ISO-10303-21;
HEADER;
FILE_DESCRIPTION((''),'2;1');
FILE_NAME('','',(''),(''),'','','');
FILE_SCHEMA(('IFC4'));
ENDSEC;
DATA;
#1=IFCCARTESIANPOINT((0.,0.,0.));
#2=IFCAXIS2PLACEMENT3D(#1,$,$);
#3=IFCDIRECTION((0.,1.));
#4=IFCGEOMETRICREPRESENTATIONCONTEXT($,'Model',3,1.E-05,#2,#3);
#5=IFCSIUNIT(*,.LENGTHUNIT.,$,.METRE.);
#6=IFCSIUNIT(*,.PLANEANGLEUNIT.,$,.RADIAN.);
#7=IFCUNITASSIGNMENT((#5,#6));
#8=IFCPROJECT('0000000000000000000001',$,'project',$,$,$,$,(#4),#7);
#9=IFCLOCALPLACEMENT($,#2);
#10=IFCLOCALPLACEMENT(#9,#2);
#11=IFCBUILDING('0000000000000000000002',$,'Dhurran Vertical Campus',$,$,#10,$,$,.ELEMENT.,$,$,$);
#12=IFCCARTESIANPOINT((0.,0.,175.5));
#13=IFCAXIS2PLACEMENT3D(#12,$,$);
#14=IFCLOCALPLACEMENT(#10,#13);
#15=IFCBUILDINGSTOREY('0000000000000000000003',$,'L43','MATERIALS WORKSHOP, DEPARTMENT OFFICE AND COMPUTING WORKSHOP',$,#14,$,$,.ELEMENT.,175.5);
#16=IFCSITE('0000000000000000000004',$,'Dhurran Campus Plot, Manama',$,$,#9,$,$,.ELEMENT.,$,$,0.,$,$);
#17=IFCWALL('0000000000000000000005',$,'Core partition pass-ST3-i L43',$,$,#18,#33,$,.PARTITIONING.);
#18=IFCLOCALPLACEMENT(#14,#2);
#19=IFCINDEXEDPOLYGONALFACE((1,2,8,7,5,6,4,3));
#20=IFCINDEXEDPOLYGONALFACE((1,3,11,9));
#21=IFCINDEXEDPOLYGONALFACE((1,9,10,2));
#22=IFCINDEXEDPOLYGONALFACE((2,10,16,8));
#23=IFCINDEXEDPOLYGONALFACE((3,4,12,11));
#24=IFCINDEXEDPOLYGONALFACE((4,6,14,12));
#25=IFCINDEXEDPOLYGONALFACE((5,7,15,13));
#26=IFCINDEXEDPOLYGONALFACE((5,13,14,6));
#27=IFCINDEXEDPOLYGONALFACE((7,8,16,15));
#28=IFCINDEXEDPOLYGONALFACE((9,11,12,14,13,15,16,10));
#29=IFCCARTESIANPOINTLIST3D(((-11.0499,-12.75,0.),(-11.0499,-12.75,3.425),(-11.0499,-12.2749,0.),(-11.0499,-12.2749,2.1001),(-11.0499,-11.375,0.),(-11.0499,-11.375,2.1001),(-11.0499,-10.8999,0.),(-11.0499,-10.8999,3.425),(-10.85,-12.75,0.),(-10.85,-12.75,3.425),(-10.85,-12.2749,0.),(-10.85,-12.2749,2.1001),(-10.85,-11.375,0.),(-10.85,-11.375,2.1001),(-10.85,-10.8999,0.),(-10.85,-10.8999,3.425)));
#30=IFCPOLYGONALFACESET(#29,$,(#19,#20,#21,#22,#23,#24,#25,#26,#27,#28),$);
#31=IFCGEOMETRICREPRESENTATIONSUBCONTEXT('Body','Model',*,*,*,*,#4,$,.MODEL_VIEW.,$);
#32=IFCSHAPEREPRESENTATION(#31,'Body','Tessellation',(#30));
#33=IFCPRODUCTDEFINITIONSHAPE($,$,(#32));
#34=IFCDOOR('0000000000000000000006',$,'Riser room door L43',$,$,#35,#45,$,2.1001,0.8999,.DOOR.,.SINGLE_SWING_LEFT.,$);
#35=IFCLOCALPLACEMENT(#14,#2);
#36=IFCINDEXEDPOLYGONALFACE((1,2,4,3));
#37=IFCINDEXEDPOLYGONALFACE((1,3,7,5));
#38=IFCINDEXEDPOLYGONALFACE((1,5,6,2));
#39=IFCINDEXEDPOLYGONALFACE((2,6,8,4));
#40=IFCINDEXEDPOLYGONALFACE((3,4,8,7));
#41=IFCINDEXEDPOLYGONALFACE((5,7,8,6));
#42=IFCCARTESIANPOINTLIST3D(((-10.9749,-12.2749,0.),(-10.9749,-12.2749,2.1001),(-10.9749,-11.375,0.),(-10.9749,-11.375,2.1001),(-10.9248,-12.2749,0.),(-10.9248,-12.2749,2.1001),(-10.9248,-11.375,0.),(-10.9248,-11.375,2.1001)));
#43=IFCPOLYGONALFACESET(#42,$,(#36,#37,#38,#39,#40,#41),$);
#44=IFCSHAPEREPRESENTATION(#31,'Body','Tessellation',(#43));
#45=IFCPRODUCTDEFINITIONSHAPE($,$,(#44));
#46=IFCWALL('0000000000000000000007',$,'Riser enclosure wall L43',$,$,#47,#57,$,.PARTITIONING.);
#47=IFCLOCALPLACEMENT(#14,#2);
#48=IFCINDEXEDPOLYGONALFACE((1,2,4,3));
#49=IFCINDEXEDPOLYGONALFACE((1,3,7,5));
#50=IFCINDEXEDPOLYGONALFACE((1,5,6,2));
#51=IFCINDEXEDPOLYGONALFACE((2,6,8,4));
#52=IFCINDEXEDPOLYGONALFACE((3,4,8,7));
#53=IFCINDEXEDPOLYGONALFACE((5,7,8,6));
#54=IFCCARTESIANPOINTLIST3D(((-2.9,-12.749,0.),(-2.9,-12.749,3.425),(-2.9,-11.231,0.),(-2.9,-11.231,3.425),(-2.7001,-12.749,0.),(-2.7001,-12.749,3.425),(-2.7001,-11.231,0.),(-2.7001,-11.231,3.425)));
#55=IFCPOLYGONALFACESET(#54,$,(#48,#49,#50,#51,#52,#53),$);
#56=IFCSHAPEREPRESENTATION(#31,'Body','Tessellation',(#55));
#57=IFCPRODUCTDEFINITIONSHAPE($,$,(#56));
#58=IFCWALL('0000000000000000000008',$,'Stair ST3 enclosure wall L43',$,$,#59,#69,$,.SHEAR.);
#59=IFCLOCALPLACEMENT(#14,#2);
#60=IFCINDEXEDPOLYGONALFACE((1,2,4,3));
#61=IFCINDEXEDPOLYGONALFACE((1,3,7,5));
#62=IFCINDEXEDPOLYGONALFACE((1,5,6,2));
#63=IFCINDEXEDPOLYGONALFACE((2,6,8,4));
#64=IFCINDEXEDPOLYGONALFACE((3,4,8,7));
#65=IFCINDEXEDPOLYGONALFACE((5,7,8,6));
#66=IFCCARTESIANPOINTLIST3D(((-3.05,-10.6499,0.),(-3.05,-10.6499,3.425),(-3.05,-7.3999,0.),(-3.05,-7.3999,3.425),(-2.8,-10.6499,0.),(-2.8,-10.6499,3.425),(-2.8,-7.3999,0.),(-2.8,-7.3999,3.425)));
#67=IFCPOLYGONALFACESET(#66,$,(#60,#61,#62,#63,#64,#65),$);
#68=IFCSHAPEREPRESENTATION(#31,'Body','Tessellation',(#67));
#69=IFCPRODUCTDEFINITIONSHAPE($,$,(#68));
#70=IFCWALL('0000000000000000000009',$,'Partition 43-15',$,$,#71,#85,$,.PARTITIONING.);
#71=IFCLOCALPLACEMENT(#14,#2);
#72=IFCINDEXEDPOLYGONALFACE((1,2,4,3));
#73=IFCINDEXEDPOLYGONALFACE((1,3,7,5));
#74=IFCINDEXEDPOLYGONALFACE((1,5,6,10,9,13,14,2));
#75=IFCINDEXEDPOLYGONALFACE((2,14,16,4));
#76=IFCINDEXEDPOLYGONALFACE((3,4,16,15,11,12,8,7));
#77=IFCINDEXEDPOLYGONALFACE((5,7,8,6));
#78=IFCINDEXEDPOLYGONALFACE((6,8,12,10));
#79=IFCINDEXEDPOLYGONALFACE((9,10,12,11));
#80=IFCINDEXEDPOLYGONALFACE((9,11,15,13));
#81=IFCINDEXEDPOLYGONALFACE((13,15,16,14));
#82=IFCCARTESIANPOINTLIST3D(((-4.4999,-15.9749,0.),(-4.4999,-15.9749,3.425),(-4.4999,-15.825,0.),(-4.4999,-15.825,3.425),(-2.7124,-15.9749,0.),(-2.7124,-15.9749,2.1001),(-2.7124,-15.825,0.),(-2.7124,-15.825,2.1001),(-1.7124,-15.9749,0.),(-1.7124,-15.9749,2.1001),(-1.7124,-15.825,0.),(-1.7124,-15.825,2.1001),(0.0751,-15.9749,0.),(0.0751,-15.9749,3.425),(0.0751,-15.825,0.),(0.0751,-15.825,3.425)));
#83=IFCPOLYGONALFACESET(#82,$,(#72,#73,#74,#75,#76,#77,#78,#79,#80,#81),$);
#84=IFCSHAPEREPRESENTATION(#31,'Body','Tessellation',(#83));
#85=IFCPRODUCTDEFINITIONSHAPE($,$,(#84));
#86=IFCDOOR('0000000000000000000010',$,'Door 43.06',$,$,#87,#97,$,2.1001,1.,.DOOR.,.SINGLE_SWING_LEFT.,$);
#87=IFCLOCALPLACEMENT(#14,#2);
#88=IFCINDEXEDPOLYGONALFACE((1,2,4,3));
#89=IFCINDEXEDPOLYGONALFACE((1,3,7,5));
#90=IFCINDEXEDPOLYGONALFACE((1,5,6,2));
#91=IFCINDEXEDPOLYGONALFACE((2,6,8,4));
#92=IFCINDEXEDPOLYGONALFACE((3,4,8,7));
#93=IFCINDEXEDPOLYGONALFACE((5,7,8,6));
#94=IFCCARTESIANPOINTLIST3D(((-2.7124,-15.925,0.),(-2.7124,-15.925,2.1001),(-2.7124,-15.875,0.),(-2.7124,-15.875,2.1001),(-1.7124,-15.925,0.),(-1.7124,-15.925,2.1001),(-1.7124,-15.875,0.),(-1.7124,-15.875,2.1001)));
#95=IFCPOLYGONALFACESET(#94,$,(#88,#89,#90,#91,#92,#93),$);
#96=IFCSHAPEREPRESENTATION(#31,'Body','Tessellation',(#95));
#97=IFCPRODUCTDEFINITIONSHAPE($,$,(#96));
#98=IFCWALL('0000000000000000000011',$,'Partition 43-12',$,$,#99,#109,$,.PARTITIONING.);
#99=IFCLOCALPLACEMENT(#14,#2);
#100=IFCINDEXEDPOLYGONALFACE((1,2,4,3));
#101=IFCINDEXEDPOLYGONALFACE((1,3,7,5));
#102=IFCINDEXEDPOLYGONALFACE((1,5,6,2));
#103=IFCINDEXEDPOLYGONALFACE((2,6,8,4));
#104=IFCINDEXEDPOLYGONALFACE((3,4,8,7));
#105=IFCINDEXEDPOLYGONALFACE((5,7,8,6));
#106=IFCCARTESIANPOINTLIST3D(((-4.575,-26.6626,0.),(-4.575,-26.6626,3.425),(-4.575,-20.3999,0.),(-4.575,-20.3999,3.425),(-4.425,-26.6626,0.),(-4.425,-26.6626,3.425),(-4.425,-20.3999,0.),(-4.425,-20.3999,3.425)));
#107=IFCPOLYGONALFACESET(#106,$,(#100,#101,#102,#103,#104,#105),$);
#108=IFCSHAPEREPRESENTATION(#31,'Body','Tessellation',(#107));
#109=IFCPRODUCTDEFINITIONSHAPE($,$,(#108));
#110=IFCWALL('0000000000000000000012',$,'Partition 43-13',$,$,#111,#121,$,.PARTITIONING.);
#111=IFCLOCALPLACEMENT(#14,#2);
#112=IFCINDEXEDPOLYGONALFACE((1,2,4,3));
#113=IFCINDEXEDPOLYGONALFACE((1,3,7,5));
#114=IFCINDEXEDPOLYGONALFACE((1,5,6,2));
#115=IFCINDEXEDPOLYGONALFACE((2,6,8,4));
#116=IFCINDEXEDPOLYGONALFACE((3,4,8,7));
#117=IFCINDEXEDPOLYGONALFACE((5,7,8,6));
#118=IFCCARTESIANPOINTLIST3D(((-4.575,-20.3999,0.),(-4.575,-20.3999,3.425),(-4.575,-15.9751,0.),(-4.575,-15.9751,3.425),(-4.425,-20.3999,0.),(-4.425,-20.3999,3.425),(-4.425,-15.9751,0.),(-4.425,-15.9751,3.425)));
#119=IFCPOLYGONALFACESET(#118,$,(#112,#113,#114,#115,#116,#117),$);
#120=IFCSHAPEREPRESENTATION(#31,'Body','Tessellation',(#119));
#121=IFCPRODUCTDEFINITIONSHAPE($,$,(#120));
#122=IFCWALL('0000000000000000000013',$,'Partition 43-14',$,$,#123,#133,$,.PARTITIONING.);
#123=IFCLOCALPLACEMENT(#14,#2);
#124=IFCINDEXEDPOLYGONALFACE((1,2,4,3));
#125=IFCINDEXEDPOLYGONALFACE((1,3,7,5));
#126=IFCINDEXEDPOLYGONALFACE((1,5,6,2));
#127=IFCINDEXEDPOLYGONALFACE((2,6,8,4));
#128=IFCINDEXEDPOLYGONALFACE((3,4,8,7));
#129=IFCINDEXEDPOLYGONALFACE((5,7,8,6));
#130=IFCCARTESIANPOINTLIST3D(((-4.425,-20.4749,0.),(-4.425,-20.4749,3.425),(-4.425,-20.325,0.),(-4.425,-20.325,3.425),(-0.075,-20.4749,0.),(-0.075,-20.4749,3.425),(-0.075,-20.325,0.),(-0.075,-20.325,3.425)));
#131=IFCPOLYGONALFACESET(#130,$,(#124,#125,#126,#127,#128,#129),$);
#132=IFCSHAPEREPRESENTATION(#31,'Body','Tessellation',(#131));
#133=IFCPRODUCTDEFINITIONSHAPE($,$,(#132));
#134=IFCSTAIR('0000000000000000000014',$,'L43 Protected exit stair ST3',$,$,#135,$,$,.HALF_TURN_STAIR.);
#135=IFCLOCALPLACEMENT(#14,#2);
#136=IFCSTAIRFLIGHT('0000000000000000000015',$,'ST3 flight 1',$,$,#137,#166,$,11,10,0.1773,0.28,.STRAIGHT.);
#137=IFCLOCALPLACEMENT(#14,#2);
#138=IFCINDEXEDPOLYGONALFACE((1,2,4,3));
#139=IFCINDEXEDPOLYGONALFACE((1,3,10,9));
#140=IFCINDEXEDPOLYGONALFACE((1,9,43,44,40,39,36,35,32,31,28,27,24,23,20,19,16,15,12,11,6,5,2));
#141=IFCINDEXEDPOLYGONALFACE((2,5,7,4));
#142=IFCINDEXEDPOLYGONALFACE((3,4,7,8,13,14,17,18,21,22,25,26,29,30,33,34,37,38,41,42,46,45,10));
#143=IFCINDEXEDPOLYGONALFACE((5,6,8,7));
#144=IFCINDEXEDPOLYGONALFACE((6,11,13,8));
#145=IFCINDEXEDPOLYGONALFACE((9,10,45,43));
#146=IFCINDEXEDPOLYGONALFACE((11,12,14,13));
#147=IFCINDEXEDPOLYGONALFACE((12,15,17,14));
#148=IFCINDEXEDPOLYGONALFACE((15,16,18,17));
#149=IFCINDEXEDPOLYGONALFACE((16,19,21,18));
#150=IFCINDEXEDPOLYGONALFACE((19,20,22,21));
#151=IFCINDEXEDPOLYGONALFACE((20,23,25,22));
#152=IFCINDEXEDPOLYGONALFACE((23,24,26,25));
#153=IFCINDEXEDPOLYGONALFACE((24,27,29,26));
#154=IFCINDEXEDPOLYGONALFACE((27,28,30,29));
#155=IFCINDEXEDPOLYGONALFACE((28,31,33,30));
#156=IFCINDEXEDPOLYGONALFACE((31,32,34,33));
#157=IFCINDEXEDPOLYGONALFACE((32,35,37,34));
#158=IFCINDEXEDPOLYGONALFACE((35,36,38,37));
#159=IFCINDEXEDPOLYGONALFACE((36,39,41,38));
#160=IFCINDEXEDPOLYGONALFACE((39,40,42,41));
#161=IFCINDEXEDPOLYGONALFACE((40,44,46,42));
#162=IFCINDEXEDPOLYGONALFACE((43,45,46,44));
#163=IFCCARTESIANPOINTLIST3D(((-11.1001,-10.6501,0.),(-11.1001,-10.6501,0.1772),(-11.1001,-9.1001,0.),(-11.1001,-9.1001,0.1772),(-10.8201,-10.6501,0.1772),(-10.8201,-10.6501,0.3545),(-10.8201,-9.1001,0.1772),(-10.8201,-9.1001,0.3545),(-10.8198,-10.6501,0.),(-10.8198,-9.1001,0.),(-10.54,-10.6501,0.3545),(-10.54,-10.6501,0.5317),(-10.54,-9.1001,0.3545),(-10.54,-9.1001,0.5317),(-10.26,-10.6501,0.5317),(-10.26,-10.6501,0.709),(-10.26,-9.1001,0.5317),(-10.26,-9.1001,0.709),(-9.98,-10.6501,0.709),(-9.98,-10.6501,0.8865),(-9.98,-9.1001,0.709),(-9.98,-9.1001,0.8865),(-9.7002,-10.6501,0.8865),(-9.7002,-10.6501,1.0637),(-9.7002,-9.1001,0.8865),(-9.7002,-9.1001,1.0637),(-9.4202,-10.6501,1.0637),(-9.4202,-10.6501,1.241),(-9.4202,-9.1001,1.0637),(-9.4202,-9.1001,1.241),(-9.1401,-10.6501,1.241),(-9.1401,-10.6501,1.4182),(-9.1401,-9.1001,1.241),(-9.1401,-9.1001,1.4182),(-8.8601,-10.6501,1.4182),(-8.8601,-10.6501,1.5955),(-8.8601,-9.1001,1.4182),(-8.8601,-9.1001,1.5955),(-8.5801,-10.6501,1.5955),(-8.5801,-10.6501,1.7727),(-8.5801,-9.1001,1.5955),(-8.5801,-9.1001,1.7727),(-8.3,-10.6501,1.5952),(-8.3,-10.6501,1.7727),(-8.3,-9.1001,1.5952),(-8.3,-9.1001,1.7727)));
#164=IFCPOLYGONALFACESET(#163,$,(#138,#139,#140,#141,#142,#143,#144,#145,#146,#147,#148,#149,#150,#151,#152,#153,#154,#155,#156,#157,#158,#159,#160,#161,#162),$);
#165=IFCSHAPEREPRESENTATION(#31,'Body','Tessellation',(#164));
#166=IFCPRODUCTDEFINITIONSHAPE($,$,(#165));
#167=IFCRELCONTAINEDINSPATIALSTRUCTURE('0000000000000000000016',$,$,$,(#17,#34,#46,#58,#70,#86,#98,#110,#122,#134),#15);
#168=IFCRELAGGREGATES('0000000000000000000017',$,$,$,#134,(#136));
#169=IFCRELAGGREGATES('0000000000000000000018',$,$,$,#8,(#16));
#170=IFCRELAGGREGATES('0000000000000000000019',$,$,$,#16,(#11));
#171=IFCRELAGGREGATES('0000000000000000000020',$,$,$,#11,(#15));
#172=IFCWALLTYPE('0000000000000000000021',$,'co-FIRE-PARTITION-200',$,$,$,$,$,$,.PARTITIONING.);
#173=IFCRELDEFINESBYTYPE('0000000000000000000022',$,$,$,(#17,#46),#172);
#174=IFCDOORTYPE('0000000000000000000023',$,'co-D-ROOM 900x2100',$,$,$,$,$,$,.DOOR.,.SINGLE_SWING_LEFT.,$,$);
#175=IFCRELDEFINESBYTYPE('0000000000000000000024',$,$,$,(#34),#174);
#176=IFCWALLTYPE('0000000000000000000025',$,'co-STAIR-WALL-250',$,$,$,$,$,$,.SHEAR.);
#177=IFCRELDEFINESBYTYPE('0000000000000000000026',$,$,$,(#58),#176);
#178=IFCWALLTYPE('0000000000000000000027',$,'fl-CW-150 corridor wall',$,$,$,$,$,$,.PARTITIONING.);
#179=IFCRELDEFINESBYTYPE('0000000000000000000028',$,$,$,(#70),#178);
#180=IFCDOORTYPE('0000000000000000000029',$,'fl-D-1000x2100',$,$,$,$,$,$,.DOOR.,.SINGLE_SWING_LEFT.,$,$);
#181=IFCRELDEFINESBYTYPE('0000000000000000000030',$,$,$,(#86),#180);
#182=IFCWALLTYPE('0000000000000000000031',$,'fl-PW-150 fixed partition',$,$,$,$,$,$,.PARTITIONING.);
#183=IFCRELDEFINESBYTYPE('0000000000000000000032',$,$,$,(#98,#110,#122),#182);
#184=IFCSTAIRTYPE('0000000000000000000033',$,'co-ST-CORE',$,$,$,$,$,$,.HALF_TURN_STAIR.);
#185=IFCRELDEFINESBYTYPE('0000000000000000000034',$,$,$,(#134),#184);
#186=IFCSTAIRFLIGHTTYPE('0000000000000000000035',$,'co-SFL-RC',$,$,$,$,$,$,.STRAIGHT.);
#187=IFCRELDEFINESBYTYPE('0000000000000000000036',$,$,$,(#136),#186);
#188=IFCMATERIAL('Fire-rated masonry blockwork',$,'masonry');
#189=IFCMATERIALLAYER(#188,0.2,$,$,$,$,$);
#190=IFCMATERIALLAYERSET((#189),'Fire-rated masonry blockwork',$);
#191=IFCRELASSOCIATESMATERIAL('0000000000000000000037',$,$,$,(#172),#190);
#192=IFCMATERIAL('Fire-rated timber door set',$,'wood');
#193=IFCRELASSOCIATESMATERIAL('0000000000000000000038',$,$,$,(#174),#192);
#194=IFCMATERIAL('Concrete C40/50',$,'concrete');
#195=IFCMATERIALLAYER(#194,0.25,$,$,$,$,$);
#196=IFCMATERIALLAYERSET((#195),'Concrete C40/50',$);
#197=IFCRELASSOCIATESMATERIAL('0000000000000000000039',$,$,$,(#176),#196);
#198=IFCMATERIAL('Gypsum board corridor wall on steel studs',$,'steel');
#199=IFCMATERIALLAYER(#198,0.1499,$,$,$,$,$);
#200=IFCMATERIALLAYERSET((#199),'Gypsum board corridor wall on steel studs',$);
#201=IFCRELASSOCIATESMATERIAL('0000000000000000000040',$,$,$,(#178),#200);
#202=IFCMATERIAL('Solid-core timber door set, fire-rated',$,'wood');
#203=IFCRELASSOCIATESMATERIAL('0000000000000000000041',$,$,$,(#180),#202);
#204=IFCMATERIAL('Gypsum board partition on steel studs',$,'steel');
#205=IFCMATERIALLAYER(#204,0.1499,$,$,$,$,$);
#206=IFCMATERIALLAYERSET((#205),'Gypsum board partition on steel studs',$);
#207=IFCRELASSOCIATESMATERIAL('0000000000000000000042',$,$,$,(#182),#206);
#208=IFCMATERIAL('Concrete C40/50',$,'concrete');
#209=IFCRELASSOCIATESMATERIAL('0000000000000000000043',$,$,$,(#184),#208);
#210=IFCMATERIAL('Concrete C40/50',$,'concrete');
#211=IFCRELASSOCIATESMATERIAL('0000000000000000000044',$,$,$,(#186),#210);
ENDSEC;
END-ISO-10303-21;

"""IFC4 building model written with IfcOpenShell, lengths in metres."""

from ifc_helpers import new_model, si_unit, direction, frame, frame_2d, origin, place, context, subcontext, project, spatial, polyline, rectangle, outline, extrude, material, layer, layer_set, type_object, element, fill, aggregate, save


model = new_model("IFC4")

# Units and contexts
model_context = context("Model", 3, precision=1e-05, world=origin(), true_north=direction((0.0, 1.0)))
body_context = subcontext(model_context, "Body", "Model", "MODEL_VIEW")
ifc_project = project(units=[si_unit("LENGTHUNIT", "METRE"), si_unit("PLANEANGLEUNIT", "RADIAN")], contexts=[model_context])

# Site, building, storey
site_placement = place(None, origin())
site = spatial("IfcSite", under=ifc_project, at=site_placement, Name="Dhurran Campus Plot, Manama", CompositionType="ELEMENT", RefElevation=0.0)
building_placement = place(site_placement, origin())
building = spatial("IfcBuilding", under=site, at=building_placement, Name="Dhurran Vertical Campus", CompositionType="ELEMENT")
storey_placement = place(building_placement, frame((0.0, 0.0, 175.5)))
storey = spatial("IfcBuildingStorey", under=building, at=storey_placement, Name="L43", Description="MATERIALS WORKSHOP, DEPARTMENT OFFICE AND COMPUTING WORKSHOP", CompositionType="ELEMENT", Elevation=175.5)

# Shared definitions
ifc_material_1 = material(Name="Fire-rated masonry blockwork", Category="masonry")
ifc_layer_1 = layer(ifc_material_1, 0.2)
ifc_layer_set_1 = layer_set([ifc_layer_1], Name="Fire-rated masonry blockwork")
wall_type_1 = type_object("IfcWallType", Name="co-FIRE-PARTITION-200", PredefinedType="PARTITIONING", material=ifc_layer_set_1)

# Shared definitions
ifc_material_2 = material(Name="Fire-rated timber door set", Category="wood")
door_type_1 = type_object("IfcDoorType", Name="co-D-ROOM 900x2100", OperationType="SINGLE_SWING_LEFT", PredefinedType="DOOR", material=ifc_material_2)

# Wall, opening, door
wall_1_placement = place(storey_placement, frame((-10.95, -12.75, 0.0), z_axis=(0.0, 0.0, 1.0), x_axis=(0.0, 1.0, 0.0)))
wall_1 = element("IfcWall", 1, at=wall_1_placement, inside=storey, type_object=wall_type_1, Name="Core partition pass-ST3-i L43", PredefinedType="PARTITIONING", context=body_context, shape_type="SweptSolid", body=[
    extrude(rectangle(XDim=1.8501, YDim=0.2, at=frame_2d((0.925, 0.0))), origin(), (0.0, 0.0, 1.0), 3.425),
])
opening_1_placement = place(wall_1_placement, frame((0.4751, 0.0, 0.0)))
opening_1 = element("IfcOpeningElement", 2, at=opening_1_placement, cuts=wall_1, PredefinedType="OPENING", context=body_context, shape_type="SweptSolid", body=[
    extrude(rectangle(XDim=0.8999, YDim=2.1001, at=frame_2d((0.45, 1.05))), frame((0.0, 0.1099, 0.0), z_axis=(0.0, -1.0, 0.0), x_axis=(1.0, 0.0, 0.0)), (0.0, 0.0, 1.0), 0.22),
])
door_1_placement = place(opening_1_placement, origin())
door_1 = element("IfcDoor", 3, at=door_1_placement, inside=storey, type_object=door_type_1, Name="Riser room door L43", OperationType="SINGLE_SWING_LEFT", OverallHeight=2.1001, OverallWidth=0.8999, PredefinedType="DOOR", context=body_context, shape_type="SweptSolid", body=[
    extrude(rectangle(XDim=0.8999, YDim=2.1001, at=frame_2d((0.45, 1.05))), frame((0.0, 0.0249, 0.0), z_axis=(0.0, -1.0, 0.0), x_axis=(1.0, 0.0, 0.0)), (0.0, 0.0, 1.0), 0.05),
])
fill(opening_1, door_1)

# Walls
wall_2_placement = place(storey_placement, frame((-2.8, -12.749, 0.0), z_axis=(0.0, 0.0, 1.0), x_axis=(0.0, 1.0, 0.0)))
element("IfcWall", 4, at=wall_2_placement, inside=storey, type_object=wall_type_1, Name="Riser enclosure wall L43", PredefinedType="PARTITIONING", context=body_context, shape_type="SweptSolid", body=[
    extrude(rectangle(XDim=1.5181, YDim=0.2, at=frame_2d((0.759, 0.0))), origin(), (0.0, 0.0, 1.0), 3.425),
])
ifc_material_3 = material(Name="Concrete C40/50", Category="concrete")
ifc_layer_2 = layer(ifc_material_3, 0.25)
ifc_layer_set_2 = layer_set([ifc_layer_2], Name="Concrete C40/50")
wall_type_2 = type_object("IfcWallType", Name="co-STAIR-WALL-250", PredefinedType="SHEAR", material=ifc_layer_set_2)
wall_3_placement = place(storey_placement, frame((-2.925, -10.6499, 0.0), z_axis=(0.0, 0.0, 1.0), x_axis=(0.0, 1.0, 0.0)))
element("IfcWall", 5, at=wall_3_placement, inside=storey, type_object=wall_type_2, Name="Stair ST3 enclosure wall L43", PredefinedType="SHEAR", context=body_context, shape_type="SweptSolid", body=[
    extrude(rectangle(XDim=3.25, YDim=0.25, at=frame_2d((1.625, 0.0))), origin(), (0.0, 0.0, 1.0), 3.425),
])

# Wall, opening, door
ifc_material_4 = material(Name="Gypsum board corridor wall on steel studs", Category="steel")
ifc_layer_3 = layer(ifc_material_4, 0.1499)
ifc_layer_set_3 = layer_set([ifc_layer_3], Name="Gypsum board corridor wall on steel studs")
wall_type_3 = type_object("IfcWallType", Name="fl-CW-150 corridor wall", PredefinedType="PARTITIONING", material=ifc_layer_set_3)
wall_4_placement = place(storey_placement, frame((-4.5, -15.8999, 0.0), z_axis=(0.0, 0.0, 1.0), x_axis=(1.0, 0.0, 0.0)))
wall_4 = element("IfcWall", 6, at=wall_4_placement, inside=storey, type_object=wall_type_3, Name="Partition 43-15", PredefinedType="PARTITIONING", context=body_context, shape_type="SweptSolid", body=[
    extrude(rectangle(XDim=4.575, YDim=0.1499, at=frame_2d((2.2876, 0.0))), origin(), (0.0, 0.0, 1.0), 3.425),
])
opening_2_placement = place(wall_4_placement, frame((1.7876, 0.0, 0.0)))
opening_2 = element("IfcOpeningElement", 7, at=opening_2_placement, cuts=wall_4, PredefinedType="OPENING", context=body_context, shape_type="SweptSolid", body=[
    extrude(rectangle(XDim=1.0, YDim=2.1001, at=frame_2d((0.5, 1.05))), frame((0.0, 0.085, 0.0), z_axis=(0.0, -1.0, 0.0), x_axis=(1.0, 0.0, 0.0)), (0.0, 0.0, 1.0), 0.1699),
])
ifc_material_5 = material(Name="Solid-core timber door set, fire-rated", Category="wood")
door_type_2 = type_object("IfcDoorType", Name="fl-D-1000x2100", OperationType="SINGLE_SWING_LEFT", PredefinedType="DOOR", material=ifc_material_5)
door_2_placement = place(opening_2_placement, origin())
door_2 = element("IfcDoor", 8, at=door_2_placement, inside=storey, type_object=door_type_2, Name="Door 43.06", OperationType="SINGLE_SWING_LEFT", OverallHeight=2.1001, OverallWidth=1.0, PredefinedType="DOOR", context=body_context, shape_type="SweptSolid", body=[
    extrude(rectangle(XDim=1.0, YDim=2.1001, at=frame_2d((0.5, 1.05))), frame((0.0, 0.0249, 0.0), z_axis=(0.0, -1.0, 0.0), x_axis=(1.0, 0.0, 0.0)), (0.0, 0.0, 1.0), 0.05),
])
fill(opening_2, door_2)

# Walls
ifc_material_6 = material(Name="Gypsum board partition on steel studs", Category="steel")
ifc_layer_4 = layer(ifc_material_6, 0.1499)
ifc_layer_set_4 = layer_set([ifc_layer_4], Name="Gypsum board partition on steel studs")
wall_type_4 = type_object("IfcWallType", Name="fl-PW-150 fixed partition", PredefinedType="PARTITIONING", material=ifc_layer_set_4)
wall_5_placement = place(storey_placement, frame((-4.5, -20.3999, 0.0), z_axis=(0.0, 0.0, 1.0), x_axis=(0.0, -1.0, 0.0)))
element("IfcWall", 9, at=wall_5_placement, inside=storey, type_object=wall_type_4, Name="Partition 43-12", PredefinedType="PARTITIONING", context=body_context, shape_type="SweptSolid", body=[
    extrude(rectangle(XDim=6.2627, YDim=0.1499, at=frame_2d((3.1313, 0.0))), origin(), (0.0, 0.0, 1.0), 3.425),
])
wall_6_placement = place(storey_placement, frame((-4.5, -15.9751, 0.0), z_axis=(0.0, 0.0, 1.0), x_axis=(0.0, -1.0, 0.0)))
element("IfcWall", 10, at=wall_6_placement, inside=storey, type_object=wall_type_4, Name="Partition 43-13", PredefinedType="PARTITIONING", context=body_context, shape_type="SweptSolid", body=[
    extrude(rectangle(XDim=4.4248, YDim=0.1499, at=frame_2d((2.2124, 0.0))), origin(), (0.0, 0.0, 1.0), 3.425),
])
wall_7_placement = place(storey_placement, frame((-4.425, -20.3999, 0.0), z_axis=(0.0, 0.0, 1.0), x_axis=(1.0, 0.0, 0.0)))
element("IfcWall", 11, at=wall_7_placement, inside=storey, type_object=wall_type_4, Name="Partition 43-14", PredefinedType="PARTITIONING", context=body_context, shape_type="SweptSolid", body=[
    extrude(rectangle(XDim=4.3501, YDim=0.1499, at=frame_2d((2.175, 0.0))), origin(), (0.0, 0.0, 1.0), 3.425),
])

# Stair, stair flight
ifc_material_7 = material(Name="Concrete C40/50", Category="concrete")
stair_type = type_object("IfcStairType", Name="co-ST-CORE", PredefinedType="HALF_TURN_STAIR", material=ifc_material_7)
stair_placement = place(storey_placement, origin())
stair = element("IfcStair", 12, at=stair_placement, inside=storey, type_object=stair_type, Name="L43 Protected exit stair ST3", PredefinedType="HALF_TURN_STAIR")
ifc_material_8 = material(Name="Concrete C40/50", Category="concrete")
stair_flight_type = type_object("IfcStairFlightType", Name="co-SFL-RC", PredefinedType="STRAIGHT", material=ifc_material_8)
stair_flight_placement = place(storey_placement, frame((-11.1001, -9.875, 0.0), z_axis=(0.0, 0.0, 1.0), x_axis=(1.0, 0.0, 0.0)))
stair_flight = element("IfcStairFlight", 13, at=stair_flight_placement, type_object=stair_flight_type, Name="ST3 flight 1", NumberOfRisers=11, NumberOfTreads=10, PredefinedType="STRAIGHT", RiserHeight=0.1773, TreadLength=0.28, context=body_context, shape_type="SweptSolid", body=[
    extrude(outline(polyline([(0.0, 0.0), (0.0, 0.1772), (0.28, 0.1772), (0.28, 0.3545), (0.5601, 0.3545), (0.5601, 0.5317), (0.8401, 0.5317), (0.8401, 0.709), (1.1201, 0.709), (1.1201, 0.8865), (1.3999, 0.8865), (1.3999, 1.0637), (1.6799, 1.0637), (1.6799, 1.241), (1.96, 1.241), (1.96, 1.4182), (2.24, 1.4182), (2.24, 1.5955), (2.52, 1.5955), (2.52, 1.7727), (2.8, 1.7727), (2.8, 1.95), (2.8, 1.5952), (0.2803, 0.0), (0.0, 0.0)])), frame((0.0, 0.7749, 0.0), z_axis=(0.0, -1.0, 0.0), x_axis=(1.0, 0.0, 0.0)), (0.0, 0.0, 1.0), 1.55),
])
aggregate(stair, [stair_flight])

save(model, "model.ifc")
